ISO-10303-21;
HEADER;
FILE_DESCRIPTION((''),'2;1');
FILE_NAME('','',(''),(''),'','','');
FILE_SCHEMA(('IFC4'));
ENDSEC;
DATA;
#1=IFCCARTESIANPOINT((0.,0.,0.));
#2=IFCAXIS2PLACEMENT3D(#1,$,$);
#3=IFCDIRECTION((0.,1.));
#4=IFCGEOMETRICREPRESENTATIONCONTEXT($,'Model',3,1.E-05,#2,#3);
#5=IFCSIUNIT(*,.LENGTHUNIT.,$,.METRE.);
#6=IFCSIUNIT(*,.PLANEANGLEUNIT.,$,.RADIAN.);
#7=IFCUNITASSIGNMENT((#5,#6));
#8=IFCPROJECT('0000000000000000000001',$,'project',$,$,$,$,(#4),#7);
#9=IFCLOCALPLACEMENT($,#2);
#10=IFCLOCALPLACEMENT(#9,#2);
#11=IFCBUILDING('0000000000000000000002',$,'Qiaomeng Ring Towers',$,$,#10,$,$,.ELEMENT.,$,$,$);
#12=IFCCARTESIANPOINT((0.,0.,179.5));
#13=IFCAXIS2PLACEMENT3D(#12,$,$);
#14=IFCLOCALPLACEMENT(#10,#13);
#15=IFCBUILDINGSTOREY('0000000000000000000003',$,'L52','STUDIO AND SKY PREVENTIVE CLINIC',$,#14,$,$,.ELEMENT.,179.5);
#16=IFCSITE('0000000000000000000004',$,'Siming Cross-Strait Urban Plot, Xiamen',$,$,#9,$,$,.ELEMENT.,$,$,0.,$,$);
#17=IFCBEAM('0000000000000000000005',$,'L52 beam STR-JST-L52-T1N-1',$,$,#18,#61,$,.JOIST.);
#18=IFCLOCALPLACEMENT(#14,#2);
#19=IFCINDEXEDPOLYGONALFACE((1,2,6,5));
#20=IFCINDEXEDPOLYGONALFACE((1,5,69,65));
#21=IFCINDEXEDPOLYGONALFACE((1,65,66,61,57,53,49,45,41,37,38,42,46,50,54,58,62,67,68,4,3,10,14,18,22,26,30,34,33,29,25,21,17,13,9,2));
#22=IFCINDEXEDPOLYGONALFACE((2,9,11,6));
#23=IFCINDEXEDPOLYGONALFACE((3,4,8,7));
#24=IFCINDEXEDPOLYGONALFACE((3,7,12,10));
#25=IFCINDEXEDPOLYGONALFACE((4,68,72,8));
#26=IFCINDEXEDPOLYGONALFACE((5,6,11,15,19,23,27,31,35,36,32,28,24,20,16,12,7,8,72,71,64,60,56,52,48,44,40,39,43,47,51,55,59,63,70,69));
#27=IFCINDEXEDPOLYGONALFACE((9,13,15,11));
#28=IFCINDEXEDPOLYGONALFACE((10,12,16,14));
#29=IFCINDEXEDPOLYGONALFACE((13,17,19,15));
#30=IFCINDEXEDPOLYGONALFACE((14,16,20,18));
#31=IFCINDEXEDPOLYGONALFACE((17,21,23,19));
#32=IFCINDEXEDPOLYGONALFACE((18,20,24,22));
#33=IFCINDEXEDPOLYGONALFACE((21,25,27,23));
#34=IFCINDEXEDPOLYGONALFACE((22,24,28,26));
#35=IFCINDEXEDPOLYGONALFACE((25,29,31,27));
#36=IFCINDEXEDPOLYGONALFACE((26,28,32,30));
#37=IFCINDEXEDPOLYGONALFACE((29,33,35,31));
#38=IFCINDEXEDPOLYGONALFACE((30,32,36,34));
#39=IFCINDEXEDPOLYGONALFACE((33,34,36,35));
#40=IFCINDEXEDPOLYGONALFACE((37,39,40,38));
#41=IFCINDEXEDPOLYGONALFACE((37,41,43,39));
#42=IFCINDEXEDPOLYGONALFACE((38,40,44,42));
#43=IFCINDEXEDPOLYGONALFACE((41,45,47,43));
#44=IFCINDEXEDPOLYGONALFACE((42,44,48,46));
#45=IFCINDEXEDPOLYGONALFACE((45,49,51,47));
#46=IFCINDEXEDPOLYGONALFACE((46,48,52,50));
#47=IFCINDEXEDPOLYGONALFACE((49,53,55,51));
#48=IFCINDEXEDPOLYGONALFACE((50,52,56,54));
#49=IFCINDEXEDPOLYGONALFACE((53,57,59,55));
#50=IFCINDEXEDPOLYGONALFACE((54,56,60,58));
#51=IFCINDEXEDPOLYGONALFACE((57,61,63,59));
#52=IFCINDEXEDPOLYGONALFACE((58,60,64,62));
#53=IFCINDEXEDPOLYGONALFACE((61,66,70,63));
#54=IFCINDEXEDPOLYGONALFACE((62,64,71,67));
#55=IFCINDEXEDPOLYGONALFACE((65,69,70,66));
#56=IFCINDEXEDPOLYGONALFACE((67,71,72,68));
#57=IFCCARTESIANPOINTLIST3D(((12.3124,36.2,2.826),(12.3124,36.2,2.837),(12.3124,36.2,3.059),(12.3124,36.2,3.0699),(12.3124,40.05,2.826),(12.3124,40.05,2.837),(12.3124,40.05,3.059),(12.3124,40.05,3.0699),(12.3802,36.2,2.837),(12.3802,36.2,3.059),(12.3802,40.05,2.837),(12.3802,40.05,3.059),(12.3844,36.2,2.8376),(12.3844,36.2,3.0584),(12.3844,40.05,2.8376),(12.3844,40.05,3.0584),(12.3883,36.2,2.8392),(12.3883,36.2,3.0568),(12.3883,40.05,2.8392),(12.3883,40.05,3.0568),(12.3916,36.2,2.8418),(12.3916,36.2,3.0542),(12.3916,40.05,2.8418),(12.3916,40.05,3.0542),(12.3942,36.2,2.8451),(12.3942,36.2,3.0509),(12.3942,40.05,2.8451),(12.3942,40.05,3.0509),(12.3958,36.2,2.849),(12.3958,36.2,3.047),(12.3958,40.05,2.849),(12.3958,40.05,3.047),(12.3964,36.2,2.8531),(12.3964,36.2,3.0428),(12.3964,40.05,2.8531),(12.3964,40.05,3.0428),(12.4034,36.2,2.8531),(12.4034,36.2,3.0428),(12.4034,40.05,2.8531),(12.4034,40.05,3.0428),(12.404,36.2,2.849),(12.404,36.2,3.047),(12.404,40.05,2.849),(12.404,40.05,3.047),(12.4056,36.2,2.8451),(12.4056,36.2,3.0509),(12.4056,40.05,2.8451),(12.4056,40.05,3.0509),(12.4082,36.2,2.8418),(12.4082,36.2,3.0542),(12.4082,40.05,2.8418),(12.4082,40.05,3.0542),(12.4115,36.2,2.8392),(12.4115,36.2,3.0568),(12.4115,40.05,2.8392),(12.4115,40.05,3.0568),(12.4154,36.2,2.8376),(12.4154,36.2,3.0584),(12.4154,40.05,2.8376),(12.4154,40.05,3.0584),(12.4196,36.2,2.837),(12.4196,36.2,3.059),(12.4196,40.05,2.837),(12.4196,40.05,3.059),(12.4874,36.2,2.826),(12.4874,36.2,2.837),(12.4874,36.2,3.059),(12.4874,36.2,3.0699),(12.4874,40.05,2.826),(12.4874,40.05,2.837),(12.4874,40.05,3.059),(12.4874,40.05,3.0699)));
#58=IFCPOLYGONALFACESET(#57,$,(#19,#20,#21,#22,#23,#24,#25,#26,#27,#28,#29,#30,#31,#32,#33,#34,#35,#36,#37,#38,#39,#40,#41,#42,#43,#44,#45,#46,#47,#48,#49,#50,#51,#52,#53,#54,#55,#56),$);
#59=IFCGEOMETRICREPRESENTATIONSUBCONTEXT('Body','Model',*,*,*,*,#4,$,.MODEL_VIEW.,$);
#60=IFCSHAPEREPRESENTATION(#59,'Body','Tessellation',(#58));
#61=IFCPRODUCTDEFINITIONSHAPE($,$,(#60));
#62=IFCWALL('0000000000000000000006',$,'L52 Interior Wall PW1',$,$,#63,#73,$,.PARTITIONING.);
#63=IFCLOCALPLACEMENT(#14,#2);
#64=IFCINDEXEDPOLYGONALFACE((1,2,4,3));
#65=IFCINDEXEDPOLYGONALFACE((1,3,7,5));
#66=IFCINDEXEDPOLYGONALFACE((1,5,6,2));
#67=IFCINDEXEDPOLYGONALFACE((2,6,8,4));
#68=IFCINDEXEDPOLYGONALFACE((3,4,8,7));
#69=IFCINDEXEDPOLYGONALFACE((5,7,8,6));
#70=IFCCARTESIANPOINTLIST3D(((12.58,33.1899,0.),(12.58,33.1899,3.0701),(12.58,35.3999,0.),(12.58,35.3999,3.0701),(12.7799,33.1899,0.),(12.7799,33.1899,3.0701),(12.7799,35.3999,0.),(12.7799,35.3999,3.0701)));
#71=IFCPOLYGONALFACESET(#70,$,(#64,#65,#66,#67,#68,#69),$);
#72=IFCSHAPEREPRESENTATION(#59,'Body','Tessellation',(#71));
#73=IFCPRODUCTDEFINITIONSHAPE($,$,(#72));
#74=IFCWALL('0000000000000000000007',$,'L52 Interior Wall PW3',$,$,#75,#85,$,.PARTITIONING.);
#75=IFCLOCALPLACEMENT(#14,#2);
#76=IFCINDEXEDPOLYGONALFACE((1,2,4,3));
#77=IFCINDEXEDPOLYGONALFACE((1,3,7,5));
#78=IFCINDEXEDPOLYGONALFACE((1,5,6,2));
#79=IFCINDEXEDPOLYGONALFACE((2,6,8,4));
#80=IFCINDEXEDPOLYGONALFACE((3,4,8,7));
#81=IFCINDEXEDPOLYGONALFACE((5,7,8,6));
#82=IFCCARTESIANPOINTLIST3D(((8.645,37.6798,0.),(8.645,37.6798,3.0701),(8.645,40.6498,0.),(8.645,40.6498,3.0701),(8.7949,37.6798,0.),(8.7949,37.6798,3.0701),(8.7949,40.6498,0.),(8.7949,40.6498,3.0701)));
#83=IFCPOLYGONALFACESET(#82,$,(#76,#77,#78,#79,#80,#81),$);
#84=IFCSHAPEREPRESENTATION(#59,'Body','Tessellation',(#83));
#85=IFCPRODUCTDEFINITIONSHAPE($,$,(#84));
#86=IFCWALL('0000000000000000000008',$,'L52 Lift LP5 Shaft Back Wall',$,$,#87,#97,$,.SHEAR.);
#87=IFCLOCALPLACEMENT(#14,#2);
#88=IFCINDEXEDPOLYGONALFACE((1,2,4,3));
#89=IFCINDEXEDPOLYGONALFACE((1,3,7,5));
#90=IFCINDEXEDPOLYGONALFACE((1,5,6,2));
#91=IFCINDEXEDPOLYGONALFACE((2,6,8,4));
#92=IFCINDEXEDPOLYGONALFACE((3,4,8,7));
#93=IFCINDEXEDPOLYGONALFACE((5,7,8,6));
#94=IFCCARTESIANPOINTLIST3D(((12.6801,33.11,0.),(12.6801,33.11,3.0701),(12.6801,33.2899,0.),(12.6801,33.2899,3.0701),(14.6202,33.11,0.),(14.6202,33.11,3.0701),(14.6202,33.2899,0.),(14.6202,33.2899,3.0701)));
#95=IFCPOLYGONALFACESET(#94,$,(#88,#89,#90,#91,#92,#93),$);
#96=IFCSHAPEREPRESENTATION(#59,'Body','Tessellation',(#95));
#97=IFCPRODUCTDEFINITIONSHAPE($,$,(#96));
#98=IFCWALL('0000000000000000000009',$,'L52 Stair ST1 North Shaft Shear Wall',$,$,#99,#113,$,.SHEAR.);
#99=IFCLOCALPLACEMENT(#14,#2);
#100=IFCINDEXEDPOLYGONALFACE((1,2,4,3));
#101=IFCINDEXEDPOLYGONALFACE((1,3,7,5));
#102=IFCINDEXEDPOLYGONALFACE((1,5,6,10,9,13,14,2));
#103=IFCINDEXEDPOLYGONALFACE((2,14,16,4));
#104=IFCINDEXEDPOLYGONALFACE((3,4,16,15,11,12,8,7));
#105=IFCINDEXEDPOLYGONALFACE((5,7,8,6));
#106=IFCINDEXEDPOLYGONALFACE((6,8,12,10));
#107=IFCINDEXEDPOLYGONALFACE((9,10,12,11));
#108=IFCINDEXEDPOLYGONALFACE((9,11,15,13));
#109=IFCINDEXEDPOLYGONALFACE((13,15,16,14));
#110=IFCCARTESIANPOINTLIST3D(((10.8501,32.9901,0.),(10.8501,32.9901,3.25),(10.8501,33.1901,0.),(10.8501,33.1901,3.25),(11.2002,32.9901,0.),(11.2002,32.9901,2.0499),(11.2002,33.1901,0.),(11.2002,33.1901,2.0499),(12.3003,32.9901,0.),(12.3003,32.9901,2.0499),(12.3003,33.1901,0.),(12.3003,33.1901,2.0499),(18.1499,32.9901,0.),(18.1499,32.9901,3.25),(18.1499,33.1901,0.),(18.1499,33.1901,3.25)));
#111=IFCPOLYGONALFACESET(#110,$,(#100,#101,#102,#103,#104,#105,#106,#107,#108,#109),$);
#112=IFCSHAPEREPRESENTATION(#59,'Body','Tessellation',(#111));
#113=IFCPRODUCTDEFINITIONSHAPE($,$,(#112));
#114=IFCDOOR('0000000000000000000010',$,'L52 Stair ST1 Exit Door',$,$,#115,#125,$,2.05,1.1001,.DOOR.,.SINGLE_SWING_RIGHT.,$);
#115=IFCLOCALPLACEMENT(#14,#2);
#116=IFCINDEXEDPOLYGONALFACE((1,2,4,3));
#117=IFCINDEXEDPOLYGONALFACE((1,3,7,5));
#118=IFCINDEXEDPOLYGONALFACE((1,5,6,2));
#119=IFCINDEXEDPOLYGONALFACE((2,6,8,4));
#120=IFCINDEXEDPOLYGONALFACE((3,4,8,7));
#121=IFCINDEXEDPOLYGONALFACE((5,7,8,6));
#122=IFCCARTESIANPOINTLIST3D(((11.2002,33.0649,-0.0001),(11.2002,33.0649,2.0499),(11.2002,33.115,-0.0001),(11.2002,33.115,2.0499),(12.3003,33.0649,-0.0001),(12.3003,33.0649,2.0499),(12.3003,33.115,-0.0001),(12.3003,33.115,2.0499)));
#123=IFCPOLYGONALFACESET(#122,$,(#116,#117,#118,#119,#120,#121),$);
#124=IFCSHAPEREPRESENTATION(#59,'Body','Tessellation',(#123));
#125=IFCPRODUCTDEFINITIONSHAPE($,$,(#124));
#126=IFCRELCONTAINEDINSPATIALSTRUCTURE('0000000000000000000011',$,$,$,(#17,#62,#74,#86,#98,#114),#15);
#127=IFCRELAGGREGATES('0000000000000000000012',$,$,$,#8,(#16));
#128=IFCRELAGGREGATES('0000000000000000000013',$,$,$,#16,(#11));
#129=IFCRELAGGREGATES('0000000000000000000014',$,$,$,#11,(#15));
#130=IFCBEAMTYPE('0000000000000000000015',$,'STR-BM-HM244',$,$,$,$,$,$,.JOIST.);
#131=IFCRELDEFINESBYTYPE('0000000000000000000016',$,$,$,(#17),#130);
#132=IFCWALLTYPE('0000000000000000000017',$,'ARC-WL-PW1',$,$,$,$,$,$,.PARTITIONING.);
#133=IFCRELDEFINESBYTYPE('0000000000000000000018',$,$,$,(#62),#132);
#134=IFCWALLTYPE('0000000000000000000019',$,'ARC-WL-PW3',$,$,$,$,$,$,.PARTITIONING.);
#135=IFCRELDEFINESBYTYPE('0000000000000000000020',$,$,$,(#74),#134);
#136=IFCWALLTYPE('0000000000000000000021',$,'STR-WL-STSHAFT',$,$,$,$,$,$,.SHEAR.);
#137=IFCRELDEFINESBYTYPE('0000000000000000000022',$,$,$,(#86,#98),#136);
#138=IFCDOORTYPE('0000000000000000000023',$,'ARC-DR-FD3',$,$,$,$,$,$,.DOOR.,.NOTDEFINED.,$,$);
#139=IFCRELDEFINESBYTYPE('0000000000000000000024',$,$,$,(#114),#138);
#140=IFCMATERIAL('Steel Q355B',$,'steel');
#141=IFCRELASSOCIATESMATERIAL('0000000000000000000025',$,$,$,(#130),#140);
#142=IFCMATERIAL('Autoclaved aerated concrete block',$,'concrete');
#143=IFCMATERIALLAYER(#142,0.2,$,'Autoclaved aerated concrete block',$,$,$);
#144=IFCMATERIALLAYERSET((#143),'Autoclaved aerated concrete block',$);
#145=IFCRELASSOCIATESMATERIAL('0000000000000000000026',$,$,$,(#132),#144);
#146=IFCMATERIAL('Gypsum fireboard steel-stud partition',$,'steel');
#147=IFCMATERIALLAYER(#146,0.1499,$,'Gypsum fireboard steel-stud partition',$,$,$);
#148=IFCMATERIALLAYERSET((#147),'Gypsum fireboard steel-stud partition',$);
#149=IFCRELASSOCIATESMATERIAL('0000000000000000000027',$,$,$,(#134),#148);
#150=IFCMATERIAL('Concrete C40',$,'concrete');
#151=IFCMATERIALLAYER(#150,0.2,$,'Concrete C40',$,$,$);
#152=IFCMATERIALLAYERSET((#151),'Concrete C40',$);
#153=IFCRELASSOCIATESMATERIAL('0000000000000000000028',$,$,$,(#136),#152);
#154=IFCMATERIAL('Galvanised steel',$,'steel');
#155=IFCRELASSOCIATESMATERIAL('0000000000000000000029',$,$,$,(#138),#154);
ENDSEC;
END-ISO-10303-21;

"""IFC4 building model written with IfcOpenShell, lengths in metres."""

from ifc_helpers import new_model, si_unit, direction, frame, frame_2d, origin, origin_2d, place, context, subcontext, project, spatial, rectangle, i_section, extrude, source, transform, mapped, material, layer, layer_set, material_profile, profile_set, type_object, element, fill, save


model = new_model("IFC4")

# Units and contexts
model_context = context("Model", 3, precision=1e-05, world=origin(), true_north=direction((0.0, 1.0)))
body_context = subcontext(model_context, "Body", "Model", "MODEL_VIEW")
ifc_project = project(units=[si_unit("LENGTHUNIT", "METRE"), si_unit("PLANEANGLEUNIT", "RADIAN")], contexts=[model_context])

# Site, building, storey
site_placement = place(None, origin())
site = spatial("IfcSite", under=ifc_project, at=site_placement, Name="Siming Cross-Strait Urban Plot, Xiamen", CompositionType="ELEMENT", RefElevation=0.0)
building_placement = place(site_placement, origin())
building = spatial("IfcBuilding", under=site, at=building_placement, Name="Qiaomeng Ring Towers", CompositionType="ELEMENT")
storey_placement = place(building_placement, frame((0.0, 0.0, 179.5)))
storey = spatial("IfcBuildingStorey", under=building, at=storey_placement, Name="L52", Description="STUDIO AND SKY PREVENTIVE CLINIC", CompositionType="ELEMENT", Elevation=179.5)

# Beam
ifc_material_1 = material(Name="Steel Q355B", Category="steel")
ifc_material_profile = material_profile(ifc_material_1, i_section(OverallWidth=0.175, OverallDepth=0.2439, WebThickness=0.0071, FlangeThickness=0.011, FilletRadius=0.0161, at=origin_2d()), Name="HM 244x175x7x11")
ifc_profile_set = profile_set([ifc_material_profile], Name="Steel Q355B")
beam_type = type_object("IfcBeamType", Name="STR-BM-HM244", PredefinedType="JOIST", material=ifc_profile_set)
shared_shape_1 = source(origin(), body_context, "Body", "SweptSolid", [
    extrude(i_section(OverallWidth=0.175, OverallDepth=0.2439, WebThickness=0.0071, FlangeThickness=0.011, FilletRadius=0.0161, at=origin_2d()), origin(), (0.0, 0.0, 1.0), 3.8501),
])
beam_placement = place(storey_placement, frame((12.3999, 36.2, 2.948), z_axis=(0.0, 1.0, 0.0), x_axis=(-1.0, 0.0, 0.0)))
element("IfcBeam", 1, at=beam_placement, inside=storey, type_object=beam_type, Name="L52 beam STR-JST-L52-T1N-1", PredefinedType="JOIST", context=body_context, shape_type="MappedRepresentation", body=[
    mapped(shared_shape_1, transform((0.0, 0.0, 0.0), x_axis=(1.0, 0.0, 0.0), y_axis=(0.0, 1.0, 0.0), z_axis=(0.0, 0.0, 1.0), scale=1.0)),
])

# Wall
ifc_material_2 = material(Name="Autoclaved aerated concrete block", Category="concrete")
ifc_layer_1 = layer(ifc_material_2, 0.2, Name="Autoclaved aerated concrete block")
ifc_layer_set_1 = layer_set([ifc_layer_1], Name="Autoclaved aerated concrete block")
wall_type_1 = type_object("IfcWallType", Name="ARC-WL-PW1", PredefinedType="PARTITIONING", material=ifc_layer_set_1)
wall_1_placement = place(storey_placement, frame((12.6799, 33.1899, 0.0), z_axis=(0.0, 0.0, 1.0), x_axis=(0.0, 1.0, 0.0)))
element("IfcWall", 2, at=wall_1_placement, inside=storey, type_object=wall_type_1, Name="L52 Interior Wall PW1", PredefinedType="PARTITIONING", context=body_context, shape_type="SweptSolid", body=[
    extrude(rectangle(XDim=2.21, YDim=0.2, at=frame_2d((1.105, 0.0))), origin(), (0.0, 0.0, 1.0), 3.0701),
])

# Walls
ifc_material_3 = material(Name="Gypsum fireboard steel-stud partition", Category="steel")
ifc_layer_2 = layer(ifc_material_3, 0.1499, Name="Gypsum fireboard steel-stud partition")
ifc_layer_set_2 = layer_set([ifc_layer_2], Name="Gypsum fireboard steel-stud partition")
wall_type_2 = type_object("IfcWallType", Name="ARC-WL-PW3", PredefinedType="PARTITIONING", material=ifc_layer_set_2)
wall_2_placement = place(storey_placement, frame((8.72, 37.6799, 0.0), z_axis=(0.0, 0.0, 1.0), x_axis=(0.0, 1.0, 0.0)))
element("IfcWall", 3, at=wall_2_placement, inside=storey, type_object=wall_type_2, Name="L52 Interior Wall PW3", PredefinedType="PARTITIONING", context=body_context, shape_type="SweptSolid", body=[
    extrude(rectangle(XDim=2.97, YDim=0.1499, at=frame_2d((1.4849, 0.0))), origin(), (0.0, 0.0, 1.0), 3.0701),
])
ifc_material_4 = material(Name="Concrete C40", Category="concrete")
ifc_layer_3 = layer(ifc_material_4, 0.2, Name="Concrete C40")
ifc_layer_set_3 = layer_set([ifc_layer_3], Name="Concrete C40")
wall_type_3 = type_object("IfcWallType", Name="STR-WL-STSHAFT", PredefinedType="SHEAR", material=ifc_layer_set_3)
wall_3_placement = place(storey_placement, frame((12.6799, 33.2, 0.0), z_axis=(0.0, 0.0, 1.0), x_axis=(1.0, 0.0, 0.0)))
element("IfcWall", 4, at=wall_3_placement, inside=storey, type_object=wall_type_3, Name="L52 Lift LP5 Shaft Back Wall", PredefinedType="SHEAR", context=body_context, shape_type="SweptSolid", body=[
    extrude(rectangle(XDim=1.9402, YDim=0.1799, at=frame_2d((0.9702, 0.0))), origin(), (0.0, 0.0, 1.0), 3.0701),
])

# Wall, opening, door
wall_4_placement = place(storey_placement, frame((10.8501, 33.0901, 0.0), z_axis=(0.0, 0.0, 1.0), x_axis=(1.0, 0.0, 0.0)))
wall_4 = element("IfcWall", 5, at=wall_4_placement, inside=storey, type_object=wall_type_3, Name="L52 Stair ST1 North Shaft Shear Wall", PredefinedType="SHEAR", context=body_context, shape_type="SweptSolid", body=[
    extrude(rectangle(XDim=7.2998, YDim=0.2, at=frame_2d((3.6499, 0.0))), origin(), (0.0, 0.0, 1.0), 3.25),
])
opening_1_placement = place(wall_4_placement, frame((0.3501, 0.0, 0.0)))
opening_1 = element("IfcOpeningElement", 6, at=opening_1_placement, cuts=wall_4, PredefinedType="OPENING", context=body_context, shape_type="SweptSolid", body=[
    extrude(rectangle(XDim=1.1001, YDim=2.05, at=frame_2d((0.55, 1.0249))), frame((0.0, 0.1099, 0.0), z_axis=(0.0, -1.0, 0.0), x_axis=(1.0, 0.0, 0.0)), (0.0, 0.0, 1.0), 0.22),
])
ifc_material_5 = material(Name="Galvanised steel", Category="steel")
door_type_1 = type_object("IfcDoorType", Name="ARC-DR-FD3", OperationType="NOTDEFINED", PredefinedType="DOOR", material=ifc_material_5)
shared_shape_2 = source(origin(), body_context, "Body", "SweptSolid", [
    extrude(rectangle(XDim=1.1001, YDim=2.05, at=frame_2d((0.55, 1.0249))), frame((0.0, 0.0249, 0.0), z_axis=(0.0, -1.0, 0.0), x_axis=(1.0, 0.0, 0.0)), (0.0, 0.0, 1.0), 0.05),
])
door_1_placement = place(opening_1_placement, origin())
door_1 = element("IfcDoor", 7, at=door_1_placement, inside=storey, type_object=door_type_1, Name="L52 Stair ST1 Exit Door", OperationType="SINGLE_SWING_RIGHT", OverallHeight=2.05, OverallWidth=1.1001, PredefinedType="DOOR", context=body_context, shape_type="MappedRepresentation", body=[
    mapped(shared_shape_2, transform((0.0, 0.0, 0.0), x_axis=(1.0, 0.0, 0.0), y_axis=(0.0, 1.0, 0.0), z_axis=(0.0, 0.0, 1.0), scale=1.0)),
])
fill(opening_1, door_1)

save(model, "model.ifc")
